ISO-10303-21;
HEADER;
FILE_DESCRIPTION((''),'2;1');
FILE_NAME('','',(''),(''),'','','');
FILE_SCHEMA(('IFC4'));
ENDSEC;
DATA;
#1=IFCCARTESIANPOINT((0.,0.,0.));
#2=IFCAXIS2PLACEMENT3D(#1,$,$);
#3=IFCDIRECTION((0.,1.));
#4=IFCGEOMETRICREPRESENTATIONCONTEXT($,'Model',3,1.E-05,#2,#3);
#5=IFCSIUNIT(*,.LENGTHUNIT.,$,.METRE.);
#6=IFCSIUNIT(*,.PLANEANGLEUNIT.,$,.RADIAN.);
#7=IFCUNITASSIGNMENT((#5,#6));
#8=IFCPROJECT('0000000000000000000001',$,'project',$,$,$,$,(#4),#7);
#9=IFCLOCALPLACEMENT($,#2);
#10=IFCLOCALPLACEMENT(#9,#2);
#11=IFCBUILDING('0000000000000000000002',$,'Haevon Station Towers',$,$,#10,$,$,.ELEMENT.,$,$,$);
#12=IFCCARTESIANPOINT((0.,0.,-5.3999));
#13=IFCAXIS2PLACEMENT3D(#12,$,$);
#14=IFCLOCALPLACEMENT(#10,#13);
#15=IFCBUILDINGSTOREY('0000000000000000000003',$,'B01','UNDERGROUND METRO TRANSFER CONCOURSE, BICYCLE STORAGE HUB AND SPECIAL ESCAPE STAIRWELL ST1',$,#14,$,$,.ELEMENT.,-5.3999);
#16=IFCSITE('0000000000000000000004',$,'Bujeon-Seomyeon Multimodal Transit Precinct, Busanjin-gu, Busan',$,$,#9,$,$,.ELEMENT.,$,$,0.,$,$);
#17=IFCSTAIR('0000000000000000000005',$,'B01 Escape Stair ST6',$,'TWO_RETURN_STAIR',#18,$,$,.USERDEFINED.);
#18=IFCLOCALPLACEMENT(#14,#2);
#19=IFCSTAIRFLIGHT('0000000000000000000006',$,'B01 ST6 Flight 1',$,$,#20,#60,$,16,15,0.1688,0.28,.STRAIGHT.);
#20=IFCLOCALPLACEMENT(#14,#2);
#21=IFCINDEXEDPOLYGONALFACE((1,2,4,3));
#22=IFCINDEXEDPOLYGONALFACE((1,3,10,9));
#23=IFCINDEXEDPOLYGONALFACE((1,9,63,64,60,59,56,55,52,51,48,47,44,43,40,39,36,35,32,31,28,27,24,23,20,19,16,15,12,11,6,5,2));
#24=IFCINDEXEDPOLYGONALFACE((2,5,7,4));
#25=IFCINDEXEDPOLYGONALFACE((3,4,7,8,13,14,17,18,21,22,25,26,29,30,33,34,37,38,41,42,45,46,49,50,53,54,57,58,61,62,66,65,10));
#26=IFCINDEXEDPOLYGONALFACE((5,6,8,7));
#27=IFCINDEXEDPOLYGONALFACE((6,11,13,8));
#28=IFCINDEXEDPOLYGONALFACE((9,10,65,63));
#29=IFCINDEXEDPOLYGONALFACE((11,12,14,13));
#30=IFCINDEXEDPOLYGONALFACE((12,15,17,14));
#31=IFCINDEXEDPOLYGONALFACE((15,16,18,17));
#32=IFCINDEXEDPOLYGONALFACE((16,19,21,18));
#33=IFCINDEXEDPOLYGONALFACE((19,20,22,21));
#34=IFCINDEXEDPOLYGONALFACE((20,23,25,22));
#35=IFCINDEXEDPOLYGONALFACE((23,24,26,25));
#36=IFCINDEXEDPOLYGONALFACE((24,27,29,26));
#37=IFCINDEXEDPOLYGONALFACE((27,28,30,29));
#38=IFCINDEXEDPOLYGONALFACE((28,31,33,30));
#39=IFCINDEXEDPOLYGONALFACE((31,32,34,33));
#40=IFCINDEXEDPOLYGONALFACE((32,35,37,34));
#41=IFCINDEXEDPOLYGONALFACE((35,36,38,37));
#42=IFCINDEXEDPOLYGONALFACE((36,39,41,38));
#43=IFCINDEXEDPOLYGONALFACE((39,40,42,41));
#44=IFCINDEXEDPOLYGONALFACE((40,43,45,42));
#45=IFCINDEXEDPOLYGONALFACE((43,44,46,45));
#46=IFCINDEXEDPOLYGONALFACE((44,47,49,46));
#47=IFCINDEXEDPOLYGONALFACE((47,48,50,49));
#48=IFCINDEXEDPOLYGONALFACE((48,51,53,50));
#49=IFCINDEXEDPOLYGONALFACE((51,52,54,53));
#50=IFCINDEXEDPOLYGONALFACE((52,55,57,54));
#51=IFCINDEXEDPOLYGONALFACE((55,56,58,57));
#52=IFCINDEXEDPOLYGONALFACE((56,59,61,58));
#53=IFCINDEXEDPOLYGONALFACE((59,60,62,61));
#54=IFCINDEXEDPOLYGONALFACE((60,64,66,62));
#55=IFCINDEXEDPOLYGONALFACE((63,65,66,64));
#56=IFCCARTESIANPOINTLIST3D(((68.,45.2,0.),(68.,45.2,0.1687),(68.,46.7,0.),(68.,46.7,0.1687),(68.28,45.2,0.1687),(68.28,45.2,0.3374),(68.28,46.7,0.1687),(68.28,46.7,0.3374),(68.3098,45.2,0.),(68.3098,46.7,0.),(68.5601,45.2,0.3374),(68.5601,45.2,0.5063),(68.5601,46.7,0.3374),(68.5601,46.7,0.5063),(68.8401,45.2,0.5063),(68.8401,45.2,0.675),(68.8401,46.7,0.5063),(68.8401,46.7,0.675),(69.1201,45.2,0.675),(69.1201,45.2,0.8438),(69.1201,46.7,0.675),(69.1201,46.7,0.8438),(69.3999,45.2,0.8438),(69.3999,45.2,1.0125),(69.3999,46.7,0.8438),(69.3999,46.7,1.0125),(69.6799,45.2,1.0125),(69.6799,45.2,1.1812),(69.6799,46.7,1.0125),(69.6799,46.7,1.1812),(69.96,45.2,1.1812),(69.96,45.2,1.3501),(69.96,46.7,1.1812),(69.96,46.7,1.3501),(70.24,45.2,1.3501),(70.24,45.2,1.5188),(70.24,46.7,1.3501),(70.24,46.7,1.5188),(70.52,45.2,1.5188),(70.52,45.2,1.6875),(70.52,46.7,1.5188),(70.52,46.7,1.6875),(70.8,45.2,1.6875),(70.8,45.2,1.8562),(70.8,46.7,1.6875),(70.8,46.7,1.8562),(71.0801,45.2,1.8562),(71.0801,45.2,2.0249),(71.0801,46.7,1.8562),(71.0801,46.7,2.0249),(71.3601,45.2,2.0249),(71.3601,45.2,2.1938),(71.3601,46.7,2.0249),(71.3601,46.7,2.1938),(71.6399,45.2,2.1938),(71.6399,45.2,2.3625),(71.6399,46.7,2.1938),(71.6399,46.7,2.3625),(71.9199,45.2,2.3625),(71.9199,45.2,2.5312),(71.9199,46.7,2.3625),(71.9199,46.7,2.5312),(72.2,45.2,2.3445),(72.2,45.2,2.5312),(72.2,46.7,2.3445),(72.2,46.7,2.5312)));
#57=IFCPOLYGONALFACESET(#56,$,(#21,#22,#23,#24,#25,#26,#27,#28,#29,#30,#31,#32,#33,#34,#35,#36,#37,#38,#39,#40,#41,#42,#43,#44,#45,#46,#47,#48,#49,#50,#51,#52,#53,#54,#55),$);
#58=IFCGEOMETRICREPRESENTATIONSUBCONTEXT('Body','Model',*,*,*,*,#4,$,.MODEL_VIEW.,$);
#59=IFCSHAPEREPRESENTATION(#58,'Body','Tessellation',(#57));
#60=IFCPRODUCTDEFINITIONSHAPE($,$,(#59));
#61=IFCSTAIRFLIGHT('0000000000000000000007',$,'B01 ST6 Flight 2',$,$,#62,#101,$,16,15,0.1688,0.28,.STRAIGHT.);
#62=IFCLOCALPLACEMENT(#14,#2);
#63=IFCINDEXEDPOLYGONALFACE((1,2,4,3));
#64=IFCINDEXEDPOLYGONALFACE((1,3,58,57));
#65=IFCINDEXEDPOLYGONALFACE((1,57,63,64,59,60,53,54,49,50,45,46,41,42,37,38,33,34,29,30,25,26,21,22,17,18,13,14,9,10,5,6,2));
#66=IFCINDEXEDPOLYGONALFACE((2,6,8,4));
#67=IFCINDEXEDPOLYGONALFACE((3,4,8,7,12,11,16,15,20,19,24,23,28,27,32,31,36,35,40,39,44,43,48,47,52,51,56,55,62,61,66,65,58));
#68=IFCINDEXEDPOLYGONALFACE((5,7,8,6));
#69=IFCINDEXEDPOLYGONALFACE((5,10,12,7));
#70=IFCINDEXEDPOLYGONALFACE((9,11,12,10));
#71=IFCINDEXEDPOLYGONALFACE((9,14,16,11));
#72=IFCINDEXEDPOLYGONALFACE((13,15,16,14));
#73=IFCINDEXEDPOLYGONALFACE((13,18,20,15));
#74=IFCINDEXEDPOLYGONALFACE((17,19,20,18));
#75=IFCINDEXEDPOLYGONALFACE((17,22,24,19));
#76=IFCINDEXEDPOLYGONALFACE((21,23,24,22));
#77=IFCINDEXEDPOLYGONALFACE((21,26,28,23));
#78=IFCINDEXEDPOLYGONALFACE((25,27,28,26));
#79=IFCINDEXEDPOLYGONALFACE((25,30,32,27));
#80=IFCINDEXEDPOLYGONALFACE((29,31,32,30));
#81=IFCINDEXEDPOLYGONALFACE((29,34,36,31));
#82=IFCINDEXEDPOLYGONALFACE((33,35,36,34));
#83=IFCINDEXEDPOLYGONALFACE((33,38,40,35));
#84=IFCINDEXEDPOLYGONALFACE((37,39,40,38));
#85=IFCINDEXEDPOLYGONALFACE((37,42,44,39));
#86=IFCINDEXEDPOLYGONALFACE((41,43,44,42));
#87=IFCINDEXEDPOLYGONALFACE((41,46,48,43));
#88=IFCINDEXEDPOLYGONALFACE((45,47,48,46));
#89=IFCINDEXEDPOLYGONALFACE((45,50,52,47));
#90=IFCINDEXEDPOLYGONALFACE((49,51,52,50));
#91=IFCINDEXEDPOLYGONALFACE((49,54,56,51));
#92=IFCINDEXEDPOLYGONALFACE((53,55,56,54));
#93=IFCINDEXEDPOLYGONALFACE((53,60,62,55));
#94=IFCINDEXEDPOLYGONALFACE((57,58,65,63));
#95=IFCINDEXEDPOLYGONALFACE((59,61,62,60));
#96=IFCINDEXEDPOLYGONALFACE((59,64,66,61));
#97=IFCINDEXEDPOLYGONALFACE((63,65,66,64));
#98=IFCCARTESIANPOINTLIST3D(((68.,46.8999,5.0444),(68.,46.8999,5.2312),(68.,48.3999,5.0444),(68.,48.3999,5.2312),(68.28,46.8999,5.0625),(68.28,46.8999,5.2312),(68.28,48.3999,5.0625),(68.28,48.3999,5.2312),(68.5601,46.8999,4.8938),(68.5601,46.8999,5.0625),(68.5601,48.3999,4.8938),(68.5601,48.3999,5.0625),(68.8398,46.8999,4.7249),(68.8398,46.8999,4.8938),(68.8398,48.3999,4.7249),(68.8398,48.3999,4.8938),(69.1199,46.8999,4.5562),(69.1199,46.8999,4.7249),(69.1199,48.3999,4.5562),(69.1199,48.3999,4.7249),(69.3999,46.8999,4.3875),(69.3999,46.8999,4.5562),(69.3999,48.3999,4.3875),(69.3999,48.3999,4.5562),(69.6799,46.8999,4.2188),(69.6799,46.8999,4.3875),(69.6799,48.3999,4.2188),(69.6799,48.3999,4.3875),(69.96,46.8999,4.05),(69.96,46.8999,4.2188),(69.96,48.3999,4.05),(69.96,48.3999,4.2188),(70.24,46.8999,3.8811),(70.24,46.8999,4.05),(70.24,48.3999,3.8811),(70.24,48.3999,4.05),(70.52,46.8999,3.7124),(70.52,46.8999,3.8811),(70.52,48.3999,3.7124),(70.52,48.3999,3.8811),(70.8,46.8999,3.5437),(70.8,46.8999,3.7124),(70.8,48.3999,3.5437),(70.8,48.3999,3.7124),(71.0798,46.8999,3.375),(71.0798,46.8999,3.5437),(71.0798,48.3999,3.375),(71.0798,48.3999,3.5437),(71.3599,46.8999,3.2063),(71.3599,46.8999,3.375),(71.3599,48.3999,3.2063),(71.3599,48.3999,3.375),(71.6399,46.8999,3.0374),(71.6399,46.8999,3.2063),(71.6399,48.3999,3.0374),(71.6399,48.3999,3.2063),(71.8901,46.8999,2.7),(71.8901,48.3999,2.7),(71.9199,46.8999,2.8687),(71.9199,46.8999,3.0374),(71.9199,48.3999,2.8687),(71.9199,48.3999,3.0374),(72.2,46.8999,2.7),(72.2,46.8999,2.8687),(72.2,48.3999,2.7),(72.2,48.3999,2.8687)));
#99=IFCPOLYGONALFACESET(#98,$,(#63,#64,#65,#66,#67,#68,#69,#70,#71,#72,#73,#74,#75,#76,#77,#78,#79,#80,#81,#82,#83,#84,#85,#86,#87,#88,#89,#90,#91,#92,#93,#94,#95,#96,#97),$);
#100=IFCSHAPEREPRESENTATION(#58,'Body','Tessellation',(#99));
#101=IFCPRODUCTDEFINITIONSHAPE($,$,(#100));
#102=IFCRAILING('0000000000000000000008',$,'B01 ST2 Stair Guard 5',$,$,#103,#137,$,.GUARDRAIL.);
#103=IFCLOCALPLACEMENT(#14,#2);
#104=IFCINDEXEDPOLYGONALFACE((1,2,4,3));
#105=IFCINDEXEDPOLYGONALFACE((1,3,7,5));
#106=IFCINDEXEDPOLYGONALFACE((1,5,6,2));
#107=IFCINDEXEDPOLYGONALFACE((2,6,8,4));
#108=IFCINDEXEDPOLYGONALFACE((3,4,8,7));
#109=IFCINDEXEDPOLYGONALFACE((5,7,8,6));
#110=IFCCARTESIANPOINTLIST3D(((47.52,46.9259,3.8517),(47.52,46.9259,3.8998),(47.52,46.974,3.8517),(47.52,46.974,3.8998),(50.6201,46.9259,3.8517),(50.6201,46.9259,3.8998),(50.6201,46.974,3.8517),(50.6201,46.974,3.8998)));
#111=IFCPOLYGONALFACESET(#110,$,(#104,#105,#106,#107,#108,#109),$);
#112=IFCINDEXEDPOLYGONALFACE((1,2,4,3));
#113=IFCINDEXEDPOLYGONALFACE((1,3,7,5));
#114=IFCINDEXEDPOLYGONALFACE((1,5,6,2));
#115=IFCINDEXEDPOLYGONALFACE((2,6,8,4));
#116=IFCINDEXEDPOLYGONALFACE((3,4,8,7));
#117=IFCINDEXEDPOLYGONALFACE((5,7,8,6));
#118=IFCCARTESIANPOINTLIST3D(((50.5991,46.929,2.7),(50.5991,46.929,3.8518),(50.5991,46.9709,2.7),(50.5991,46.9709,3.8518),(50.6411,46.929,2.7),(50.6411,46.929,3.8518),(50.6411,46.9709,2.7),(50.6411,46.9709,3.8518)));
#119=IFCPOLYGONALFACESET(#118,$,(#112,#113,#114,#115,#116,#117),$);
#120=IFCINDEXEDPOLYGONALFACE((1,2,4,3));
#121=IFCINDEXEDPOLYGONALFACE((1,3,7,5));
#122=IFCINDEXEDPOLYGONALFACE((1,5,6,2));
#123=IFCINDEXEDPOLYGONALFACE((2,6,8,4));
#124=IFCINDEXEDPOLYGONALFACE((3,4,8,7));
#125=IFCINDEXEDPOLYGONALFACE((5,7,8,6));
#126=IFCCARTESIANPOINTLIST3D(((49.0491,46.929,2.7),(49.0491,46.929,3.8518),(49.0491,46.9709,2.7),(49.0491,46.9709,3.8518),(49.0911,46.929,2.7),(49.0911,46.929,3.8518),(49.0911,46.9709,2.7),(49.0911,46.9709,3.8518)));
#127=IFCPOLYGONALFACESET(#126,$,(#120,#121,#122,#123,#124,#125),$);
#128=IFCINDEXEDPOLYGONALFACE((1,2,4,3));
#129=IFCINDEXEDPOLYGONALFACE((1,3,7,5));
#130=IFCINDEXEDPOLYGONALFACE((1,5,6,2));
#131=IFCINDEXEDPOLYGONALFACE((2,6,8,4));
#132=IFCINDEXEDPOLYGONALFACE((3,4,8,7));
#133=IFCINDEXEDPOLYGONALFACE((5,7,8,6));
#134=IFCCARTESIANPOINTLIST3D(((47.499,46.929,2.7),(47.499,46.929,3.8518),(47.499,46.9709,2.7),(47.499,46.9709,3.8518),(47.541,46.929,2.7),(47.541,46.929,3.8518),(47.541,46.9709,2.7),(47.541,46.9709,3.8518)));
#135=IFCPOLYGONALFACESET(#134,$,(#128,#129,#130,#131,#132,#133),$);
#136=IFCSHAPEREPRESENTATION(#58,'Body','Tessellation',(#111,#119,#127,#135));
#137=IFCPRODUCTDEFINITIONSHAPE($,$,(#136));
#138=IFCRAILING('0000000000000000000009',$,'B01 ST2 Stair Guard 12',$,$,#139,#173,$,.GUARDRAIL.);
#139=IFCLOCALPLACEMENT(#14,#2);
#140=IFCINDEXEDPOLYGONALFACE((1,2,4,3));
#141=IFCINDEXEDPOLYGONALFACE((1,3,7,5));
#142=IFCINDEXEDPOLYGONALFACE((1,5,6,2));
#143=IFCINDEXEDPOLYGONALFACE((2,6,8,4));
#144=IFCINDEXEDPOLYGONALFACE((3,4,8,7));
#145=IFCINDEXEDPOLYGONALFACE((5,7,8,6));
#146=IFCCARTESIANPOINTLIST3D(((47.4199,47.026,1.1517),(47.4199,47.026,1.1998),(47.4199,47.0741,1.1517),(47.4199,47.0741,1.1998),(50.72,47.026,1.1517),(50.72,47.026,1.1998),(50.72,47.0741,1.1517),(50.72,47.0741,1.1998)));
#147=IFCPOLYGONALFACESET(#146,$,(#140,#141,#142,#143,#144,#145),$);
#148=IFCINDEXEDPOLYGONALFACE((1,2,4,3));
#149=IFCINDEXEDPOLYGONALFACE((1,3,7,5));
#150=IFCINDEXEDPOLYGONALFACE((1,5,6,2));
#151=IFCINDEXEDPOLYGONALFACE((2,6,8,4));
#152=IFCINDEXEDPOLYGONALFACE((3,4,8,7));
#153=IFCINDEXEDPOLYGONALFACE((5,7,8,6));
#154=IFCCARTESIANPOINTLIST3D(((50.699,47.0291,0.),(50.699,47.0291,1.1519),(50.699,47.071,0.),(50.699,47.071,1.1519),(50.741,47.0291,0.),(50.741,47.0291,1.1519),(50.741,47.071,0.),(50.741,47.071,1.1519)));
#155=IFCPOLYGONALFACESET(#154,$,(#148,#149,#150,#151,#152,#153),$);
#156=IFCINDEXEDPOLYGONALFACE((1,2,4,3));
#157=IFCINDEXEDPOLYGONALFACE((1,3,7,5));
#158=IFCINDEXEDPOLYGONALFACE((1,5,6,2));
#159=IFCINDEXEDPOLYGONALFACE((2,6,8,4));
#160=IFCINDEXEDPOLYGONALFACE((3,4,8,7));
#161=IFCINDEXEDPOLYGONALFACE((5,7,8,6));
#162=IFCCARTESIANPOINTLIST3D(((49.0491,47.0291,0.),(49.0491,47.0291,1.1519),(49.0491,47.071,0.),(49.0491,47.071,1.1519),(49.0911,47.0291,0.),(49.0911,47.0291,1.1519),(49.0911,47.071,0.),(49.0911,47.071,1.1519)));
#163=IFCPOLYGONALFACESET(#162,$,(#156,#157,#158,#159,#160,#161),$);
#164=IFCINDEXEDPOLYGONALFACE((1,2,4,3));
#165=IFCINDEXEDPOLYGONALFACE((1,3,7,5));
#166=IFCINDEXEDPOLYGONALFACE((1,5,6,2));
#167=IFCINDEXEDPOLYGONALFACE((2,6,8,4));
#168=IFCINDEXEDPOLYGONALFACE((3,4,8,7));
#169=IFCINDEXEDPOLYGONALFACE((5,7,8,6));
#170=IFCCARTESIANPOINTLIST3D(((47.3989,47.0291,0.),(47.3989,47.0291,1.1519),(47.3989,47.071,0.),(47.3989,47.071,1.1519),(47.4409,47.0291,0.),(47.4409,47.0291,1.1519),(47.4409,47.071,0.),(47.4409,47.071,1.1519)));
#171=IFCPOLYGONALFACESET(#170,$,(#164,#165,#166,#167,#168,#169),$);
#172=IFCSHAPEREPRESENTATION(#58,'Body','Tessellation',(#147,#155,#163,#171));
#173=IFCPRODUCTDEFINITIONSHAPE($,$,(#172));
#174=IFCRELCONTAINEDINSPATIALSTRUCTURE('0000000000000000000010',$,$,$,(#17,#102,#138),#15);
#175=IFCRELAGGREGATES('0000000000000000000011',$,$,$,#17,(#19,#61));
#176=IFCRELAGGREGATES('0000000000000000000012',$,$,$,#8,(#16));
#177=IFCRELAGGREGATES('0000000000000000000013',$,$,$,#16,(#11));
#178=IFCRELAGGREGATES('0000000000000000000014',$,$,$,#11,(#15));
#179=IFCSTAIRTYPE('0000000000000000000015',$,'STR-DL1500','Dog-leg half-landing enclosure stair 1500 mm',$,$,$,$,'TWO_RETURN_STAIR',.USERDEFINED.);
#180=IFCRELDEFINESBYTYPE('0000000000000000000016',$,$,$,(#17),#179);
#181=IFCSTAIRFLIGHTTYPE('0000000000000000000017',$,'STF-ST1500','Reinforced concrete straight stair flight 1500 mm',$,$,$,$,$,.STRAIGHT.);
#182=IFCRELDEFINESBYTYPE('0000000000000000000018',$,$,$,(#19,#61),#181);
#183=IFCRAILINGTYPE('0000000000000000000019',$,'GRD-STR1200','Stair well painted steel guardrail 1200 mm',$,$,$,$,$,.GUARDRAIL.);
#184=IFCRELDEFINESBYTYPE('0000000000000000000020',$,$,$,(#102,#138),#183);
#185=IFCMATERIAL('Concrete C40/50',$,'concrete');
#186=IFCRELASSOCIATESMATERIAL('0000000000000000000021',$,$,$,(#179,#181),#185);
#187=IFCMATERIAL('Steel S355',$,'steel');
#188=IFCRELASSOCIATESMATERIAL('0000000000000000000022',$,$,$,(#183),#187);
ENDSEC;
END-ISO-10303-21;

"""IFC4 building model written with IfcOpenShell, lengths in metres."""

from ifc_helpers import new_model, si_unit, direction, frame, origin, origin_2d, place, context, subcontext, project, spatial, polyline, rectangle, outline, extrude, material, type_object, element, aggregate, save


model = new_model("IFC4")

# Units and contexts
model_context = context("Model", 3, precision=1e-05, world=origin(), true_north=direction((0.0, 1.0)))
body_context = subcontext(model_context, "Body", "Model", "MODEL_VIEW")
ifc_project = project(units=[si_unit("LENGTHUNIT", "METRE"), si_unit("PLANEANGLEUNIT", "RADIAN")], contexts=[model_context])

# Site, building, storey
site_placement = place(None, origin())
site = spatial("IfcSite", under=ifc_project, at=site_placement, Name="Bujeon-Seomyeon Multimodal Transit Precinct, Busanjin-gu, Busan", CompositionType="ELEMENT", RefElevation=0.0)
building_placement = place(site_placement, origin())
building = spatial("IfcBuilding", under=site, at=building_placement, Name="Haevon Station Towers", CompositionType="ELEMENT")
storey_placement = place(building_placement, frame((0.0, 0.0, -5.3999)))
storey = spatial("IfcBuildingStorey", under=building, at=storey_placement, Name="B01", Description="UNDERGROUND METRO TRANSFER CONCOURSE, BICYCLE STORAGE HUB AND SPECIAL ESCAPE STAIRWELL ST1", CompositionType="ELEMENT", Elevation=-5.3999)

# Shared definitions
ifc_material_1 = material(Name="Steel S355", Category="steel")

# Shared definitions
ifc_material_2 = material(Name="Concrete C40/50", Category="concrete")

# Stair, stair flights
stair_type = type_object("IfcStairType", Name="STR-DL1500", Description="Dog-leg half-landing enclosure stair 1500 mm", ElementType="TWO_RETURN_STAIR", PredefinedType="USERDEFINED", material=ifc_material_2)
stair_placement = place(storey_placement, origin())
stair = element("IfcStair", 1, at=stair_placement, inside=storey, type_object=stair_type, Name="B01 Escape Stair ST6", ObjectType="TWO_RETURN_STAIR", PredefinedType="USERDEFINED")
stair_flight_type = type_object("IfcStairFlightType", Name="STF-ST1500", Description="Reinforced concrete straight stair flight 1500 mm", PredefinedType="STRAIGHT", material=ifc_material_2)
stair_flight_1_placement = place(storey_placement, frame((68.0, 45.95, 0.0), z_axis=(0.0, 0.0, 1.0), x_axis=(1.0, 0.0, 0.0)))
stair_flight_1 = element("IfcStairFlight", 2, at=stair_flight_1_placement, type_object=stair_flight_type, Name="B01 ST6 Flight 1", NumberOfRisers=16, NumberOfTreads=15, PredefinedType="STRAIGHT", RiserHeight=0.1688, TreadLength=0.28, context=body_context, shape_type="SweptSolid", body=[
    extrude(outline(polyline([(0.0, 0.0), (0.0, 0.1687), (0.28, 0.1687), (0.28, 0.3374), (0.5601, 0.3374), (0.5601, 0.5063), (0.8401, 0.5063), (0.8401, 0.675), (1.1201, 0.675), (1.1201, 0.8438), (1.3999, 0.8438), (1.3999, 1.0125), (1.6799, 1.0125), (1.6799, 1.1812), (1.96, 1.1812), (1.96, 1.3501), (2.24, 1.3501), (2.24, 1.5188), (2.52, 1.5188), (2.52, 1.6875), (2.8, 1.6875), (2.8, 1.8562), (3.0801, 1.8562), (3.0801, 2.0249), (3.3601, 2.0249), (3.3601, 2.1938), (3.6399, 2.1938), (3.6399, 2.3625), (3.9199, 2.3625), (3.9199, 2.5312), (4.2, 2.5312), (4.2, 2.7), (4.2, 2.3445), (0.3098, 0.0), (0.0, 0.0)])), frame((0.0, 0.75, 0.0), z_axis=(0.0, -1.0, 0.0), x_axis=(1.0, 0.0, 0.0)), (0.0, 0.0, 1.0), 1.5),
])
stair_flight_2_placement = place(storey_placement, frame((72.2, 47.6499, 2.7), z_axis=(0.0, 0.0, 1.0), x_axis=(-1.0, 0.0, 0.0)))
stair_flight_2 = element("IfcStairFlight", 3, at=stair_flight_2_placement, type_object=stair_flight_type, Name="B01 ST6 Flight 2", NumberOfRisers=16, NumberOfTreads=15, PredefinedType="STRAIGHT", RiserHeight=0.1688, TreadLength=0.28, context=body_context, shape_type="SweptSolid", body=[
    extrude(outline(polyline([(0.0, 0.0), (0.0, 0.1687), (0.28, 0.1687), (0.28, 0.3374), (0.5601, 0.3374), (0.5601, 0.5063), (0.8401, 0.5063), (0.8401, 0.675), (1.1201, 0.675), (1.1201, 0.8438), (1.3999, 0.8438), (1.3999, 1.0125), (1.6799, 1.0125), (1.6799, 1.1812), (1.96, 1.1812), (1.96, 1.3501), (2.24, 1.3501), (2.24, 1.5188), (2.52, 1.5188), (2.52, 1.6875), (2.8, 1.6875), (2.8, 1.8562), (3.0801, 1.8562), (3.0801, 2.0249), (3.3601, 2.0249), (3.3601, 2.1938), (3.6399, 2.1938), (3.6399, 2.3625), (3.9199, 2.3625), (3.9199, 2.5312), (4.2, 2.5312), (4.2, 2.7), (4.2, 2.3445), (0.3098, 0.0), (0.0, 0.0)])), frame((0.0, 0.75, 0.0), z_axis=(0.0, -1.0, 0.0), x_axis=(1.0, 0.0, 0.0)), (0.0, 0.0, 1.0), 1.5),
])
aggregate(stair, [stair_flight_1, stair_flight_2])

# Railings
railing_type_1 = type_object("IfcRailingType", Name="GRD-STR1200", Description="Stair well painted steel guardrail 1200 mm", PredefinedType="GUARDRAIL", material=ifc_material_1)
railing_1_placement = place(storey_placement, frame((50.6201, 46.95, 2.7)))
element("IfcRailing", 4, at=railing_1_placement, inside=storey, type_object=railing_type_1, Name="B01 ST2 Stair Guard 5", PredefinedType="GUARDRAIL", context=body_context, shape_type="SweptSolid", body=[
    extrude(rectangle(XDim=0.0481, YDim=0.0481, at=origin_2d()), frame((0.0, 0.0, 1.1758), z_axis=(-1.0, 0.0, 0.0), x_axis=(0.0, -1.0, 0.0)), (0.0, 0.0, 1.0), 3.1001),
    extrude(rectangle(XDim=0.042, YDim=0.042, at=origin_2d()), origin(), (0.0, 0.0, 1.0), 1.1519),
    extrude(rectangle(XDim=0.042, YDim=0.042, at=origin_2d()), frame((-1.55, 0.0, 0.0)), (0.0, 0.0, 1.0), 1.1519),
    extrude(rectangle(XDim=0.042, YDim=0.042, at=origin_2d()), frame((-3.1001, 0.0, 0.0)), (0.0, 0.0, 1.0), 1.1519),
])
railing_2_placement = place(storey_placement, frame((50.72, 47.05, 0.0)))
element("IfcRailing", 5, at=railing_2_placement, inside=storey, type_object=railing_type_1, Name="B01 ST2 Stair Guard 12", PredefinedType="GUARDRAIL", context=body_context, shape_type="SweptSolid", body=[
    extrude(rectangle(XDim=0.0481, YDim=0.0481, at=origin_2d()), frame((0.0, 0.0, 1.1758), z_axis=(-1.0, 0.0, 0.0), x_axis=(0.0, -1.0, 0.0)), (0.0, 0.0, 1.0), 3.3),
    extrude(rectangle(XDim=0.042, YDim=0.042, at=origin_2d()), origin(), (0.0, 0.0, 1.0), 1.1519),
    extrude(rectangle(XDim=0.042, YDim=0.042, at=origin_2d()), frame((-1.6499, 0.0, 0.0)), (0.0, 0.0, 1.0), 1.1519),
    extrude(rectangle(XDim=0.042, YDim=0.042, at=origin_2d()), frame((-3.3, 0.0, 0.0)), (0.0, 0.0, 1.0), 1.1519),
])

save(model, "model.ifc")
